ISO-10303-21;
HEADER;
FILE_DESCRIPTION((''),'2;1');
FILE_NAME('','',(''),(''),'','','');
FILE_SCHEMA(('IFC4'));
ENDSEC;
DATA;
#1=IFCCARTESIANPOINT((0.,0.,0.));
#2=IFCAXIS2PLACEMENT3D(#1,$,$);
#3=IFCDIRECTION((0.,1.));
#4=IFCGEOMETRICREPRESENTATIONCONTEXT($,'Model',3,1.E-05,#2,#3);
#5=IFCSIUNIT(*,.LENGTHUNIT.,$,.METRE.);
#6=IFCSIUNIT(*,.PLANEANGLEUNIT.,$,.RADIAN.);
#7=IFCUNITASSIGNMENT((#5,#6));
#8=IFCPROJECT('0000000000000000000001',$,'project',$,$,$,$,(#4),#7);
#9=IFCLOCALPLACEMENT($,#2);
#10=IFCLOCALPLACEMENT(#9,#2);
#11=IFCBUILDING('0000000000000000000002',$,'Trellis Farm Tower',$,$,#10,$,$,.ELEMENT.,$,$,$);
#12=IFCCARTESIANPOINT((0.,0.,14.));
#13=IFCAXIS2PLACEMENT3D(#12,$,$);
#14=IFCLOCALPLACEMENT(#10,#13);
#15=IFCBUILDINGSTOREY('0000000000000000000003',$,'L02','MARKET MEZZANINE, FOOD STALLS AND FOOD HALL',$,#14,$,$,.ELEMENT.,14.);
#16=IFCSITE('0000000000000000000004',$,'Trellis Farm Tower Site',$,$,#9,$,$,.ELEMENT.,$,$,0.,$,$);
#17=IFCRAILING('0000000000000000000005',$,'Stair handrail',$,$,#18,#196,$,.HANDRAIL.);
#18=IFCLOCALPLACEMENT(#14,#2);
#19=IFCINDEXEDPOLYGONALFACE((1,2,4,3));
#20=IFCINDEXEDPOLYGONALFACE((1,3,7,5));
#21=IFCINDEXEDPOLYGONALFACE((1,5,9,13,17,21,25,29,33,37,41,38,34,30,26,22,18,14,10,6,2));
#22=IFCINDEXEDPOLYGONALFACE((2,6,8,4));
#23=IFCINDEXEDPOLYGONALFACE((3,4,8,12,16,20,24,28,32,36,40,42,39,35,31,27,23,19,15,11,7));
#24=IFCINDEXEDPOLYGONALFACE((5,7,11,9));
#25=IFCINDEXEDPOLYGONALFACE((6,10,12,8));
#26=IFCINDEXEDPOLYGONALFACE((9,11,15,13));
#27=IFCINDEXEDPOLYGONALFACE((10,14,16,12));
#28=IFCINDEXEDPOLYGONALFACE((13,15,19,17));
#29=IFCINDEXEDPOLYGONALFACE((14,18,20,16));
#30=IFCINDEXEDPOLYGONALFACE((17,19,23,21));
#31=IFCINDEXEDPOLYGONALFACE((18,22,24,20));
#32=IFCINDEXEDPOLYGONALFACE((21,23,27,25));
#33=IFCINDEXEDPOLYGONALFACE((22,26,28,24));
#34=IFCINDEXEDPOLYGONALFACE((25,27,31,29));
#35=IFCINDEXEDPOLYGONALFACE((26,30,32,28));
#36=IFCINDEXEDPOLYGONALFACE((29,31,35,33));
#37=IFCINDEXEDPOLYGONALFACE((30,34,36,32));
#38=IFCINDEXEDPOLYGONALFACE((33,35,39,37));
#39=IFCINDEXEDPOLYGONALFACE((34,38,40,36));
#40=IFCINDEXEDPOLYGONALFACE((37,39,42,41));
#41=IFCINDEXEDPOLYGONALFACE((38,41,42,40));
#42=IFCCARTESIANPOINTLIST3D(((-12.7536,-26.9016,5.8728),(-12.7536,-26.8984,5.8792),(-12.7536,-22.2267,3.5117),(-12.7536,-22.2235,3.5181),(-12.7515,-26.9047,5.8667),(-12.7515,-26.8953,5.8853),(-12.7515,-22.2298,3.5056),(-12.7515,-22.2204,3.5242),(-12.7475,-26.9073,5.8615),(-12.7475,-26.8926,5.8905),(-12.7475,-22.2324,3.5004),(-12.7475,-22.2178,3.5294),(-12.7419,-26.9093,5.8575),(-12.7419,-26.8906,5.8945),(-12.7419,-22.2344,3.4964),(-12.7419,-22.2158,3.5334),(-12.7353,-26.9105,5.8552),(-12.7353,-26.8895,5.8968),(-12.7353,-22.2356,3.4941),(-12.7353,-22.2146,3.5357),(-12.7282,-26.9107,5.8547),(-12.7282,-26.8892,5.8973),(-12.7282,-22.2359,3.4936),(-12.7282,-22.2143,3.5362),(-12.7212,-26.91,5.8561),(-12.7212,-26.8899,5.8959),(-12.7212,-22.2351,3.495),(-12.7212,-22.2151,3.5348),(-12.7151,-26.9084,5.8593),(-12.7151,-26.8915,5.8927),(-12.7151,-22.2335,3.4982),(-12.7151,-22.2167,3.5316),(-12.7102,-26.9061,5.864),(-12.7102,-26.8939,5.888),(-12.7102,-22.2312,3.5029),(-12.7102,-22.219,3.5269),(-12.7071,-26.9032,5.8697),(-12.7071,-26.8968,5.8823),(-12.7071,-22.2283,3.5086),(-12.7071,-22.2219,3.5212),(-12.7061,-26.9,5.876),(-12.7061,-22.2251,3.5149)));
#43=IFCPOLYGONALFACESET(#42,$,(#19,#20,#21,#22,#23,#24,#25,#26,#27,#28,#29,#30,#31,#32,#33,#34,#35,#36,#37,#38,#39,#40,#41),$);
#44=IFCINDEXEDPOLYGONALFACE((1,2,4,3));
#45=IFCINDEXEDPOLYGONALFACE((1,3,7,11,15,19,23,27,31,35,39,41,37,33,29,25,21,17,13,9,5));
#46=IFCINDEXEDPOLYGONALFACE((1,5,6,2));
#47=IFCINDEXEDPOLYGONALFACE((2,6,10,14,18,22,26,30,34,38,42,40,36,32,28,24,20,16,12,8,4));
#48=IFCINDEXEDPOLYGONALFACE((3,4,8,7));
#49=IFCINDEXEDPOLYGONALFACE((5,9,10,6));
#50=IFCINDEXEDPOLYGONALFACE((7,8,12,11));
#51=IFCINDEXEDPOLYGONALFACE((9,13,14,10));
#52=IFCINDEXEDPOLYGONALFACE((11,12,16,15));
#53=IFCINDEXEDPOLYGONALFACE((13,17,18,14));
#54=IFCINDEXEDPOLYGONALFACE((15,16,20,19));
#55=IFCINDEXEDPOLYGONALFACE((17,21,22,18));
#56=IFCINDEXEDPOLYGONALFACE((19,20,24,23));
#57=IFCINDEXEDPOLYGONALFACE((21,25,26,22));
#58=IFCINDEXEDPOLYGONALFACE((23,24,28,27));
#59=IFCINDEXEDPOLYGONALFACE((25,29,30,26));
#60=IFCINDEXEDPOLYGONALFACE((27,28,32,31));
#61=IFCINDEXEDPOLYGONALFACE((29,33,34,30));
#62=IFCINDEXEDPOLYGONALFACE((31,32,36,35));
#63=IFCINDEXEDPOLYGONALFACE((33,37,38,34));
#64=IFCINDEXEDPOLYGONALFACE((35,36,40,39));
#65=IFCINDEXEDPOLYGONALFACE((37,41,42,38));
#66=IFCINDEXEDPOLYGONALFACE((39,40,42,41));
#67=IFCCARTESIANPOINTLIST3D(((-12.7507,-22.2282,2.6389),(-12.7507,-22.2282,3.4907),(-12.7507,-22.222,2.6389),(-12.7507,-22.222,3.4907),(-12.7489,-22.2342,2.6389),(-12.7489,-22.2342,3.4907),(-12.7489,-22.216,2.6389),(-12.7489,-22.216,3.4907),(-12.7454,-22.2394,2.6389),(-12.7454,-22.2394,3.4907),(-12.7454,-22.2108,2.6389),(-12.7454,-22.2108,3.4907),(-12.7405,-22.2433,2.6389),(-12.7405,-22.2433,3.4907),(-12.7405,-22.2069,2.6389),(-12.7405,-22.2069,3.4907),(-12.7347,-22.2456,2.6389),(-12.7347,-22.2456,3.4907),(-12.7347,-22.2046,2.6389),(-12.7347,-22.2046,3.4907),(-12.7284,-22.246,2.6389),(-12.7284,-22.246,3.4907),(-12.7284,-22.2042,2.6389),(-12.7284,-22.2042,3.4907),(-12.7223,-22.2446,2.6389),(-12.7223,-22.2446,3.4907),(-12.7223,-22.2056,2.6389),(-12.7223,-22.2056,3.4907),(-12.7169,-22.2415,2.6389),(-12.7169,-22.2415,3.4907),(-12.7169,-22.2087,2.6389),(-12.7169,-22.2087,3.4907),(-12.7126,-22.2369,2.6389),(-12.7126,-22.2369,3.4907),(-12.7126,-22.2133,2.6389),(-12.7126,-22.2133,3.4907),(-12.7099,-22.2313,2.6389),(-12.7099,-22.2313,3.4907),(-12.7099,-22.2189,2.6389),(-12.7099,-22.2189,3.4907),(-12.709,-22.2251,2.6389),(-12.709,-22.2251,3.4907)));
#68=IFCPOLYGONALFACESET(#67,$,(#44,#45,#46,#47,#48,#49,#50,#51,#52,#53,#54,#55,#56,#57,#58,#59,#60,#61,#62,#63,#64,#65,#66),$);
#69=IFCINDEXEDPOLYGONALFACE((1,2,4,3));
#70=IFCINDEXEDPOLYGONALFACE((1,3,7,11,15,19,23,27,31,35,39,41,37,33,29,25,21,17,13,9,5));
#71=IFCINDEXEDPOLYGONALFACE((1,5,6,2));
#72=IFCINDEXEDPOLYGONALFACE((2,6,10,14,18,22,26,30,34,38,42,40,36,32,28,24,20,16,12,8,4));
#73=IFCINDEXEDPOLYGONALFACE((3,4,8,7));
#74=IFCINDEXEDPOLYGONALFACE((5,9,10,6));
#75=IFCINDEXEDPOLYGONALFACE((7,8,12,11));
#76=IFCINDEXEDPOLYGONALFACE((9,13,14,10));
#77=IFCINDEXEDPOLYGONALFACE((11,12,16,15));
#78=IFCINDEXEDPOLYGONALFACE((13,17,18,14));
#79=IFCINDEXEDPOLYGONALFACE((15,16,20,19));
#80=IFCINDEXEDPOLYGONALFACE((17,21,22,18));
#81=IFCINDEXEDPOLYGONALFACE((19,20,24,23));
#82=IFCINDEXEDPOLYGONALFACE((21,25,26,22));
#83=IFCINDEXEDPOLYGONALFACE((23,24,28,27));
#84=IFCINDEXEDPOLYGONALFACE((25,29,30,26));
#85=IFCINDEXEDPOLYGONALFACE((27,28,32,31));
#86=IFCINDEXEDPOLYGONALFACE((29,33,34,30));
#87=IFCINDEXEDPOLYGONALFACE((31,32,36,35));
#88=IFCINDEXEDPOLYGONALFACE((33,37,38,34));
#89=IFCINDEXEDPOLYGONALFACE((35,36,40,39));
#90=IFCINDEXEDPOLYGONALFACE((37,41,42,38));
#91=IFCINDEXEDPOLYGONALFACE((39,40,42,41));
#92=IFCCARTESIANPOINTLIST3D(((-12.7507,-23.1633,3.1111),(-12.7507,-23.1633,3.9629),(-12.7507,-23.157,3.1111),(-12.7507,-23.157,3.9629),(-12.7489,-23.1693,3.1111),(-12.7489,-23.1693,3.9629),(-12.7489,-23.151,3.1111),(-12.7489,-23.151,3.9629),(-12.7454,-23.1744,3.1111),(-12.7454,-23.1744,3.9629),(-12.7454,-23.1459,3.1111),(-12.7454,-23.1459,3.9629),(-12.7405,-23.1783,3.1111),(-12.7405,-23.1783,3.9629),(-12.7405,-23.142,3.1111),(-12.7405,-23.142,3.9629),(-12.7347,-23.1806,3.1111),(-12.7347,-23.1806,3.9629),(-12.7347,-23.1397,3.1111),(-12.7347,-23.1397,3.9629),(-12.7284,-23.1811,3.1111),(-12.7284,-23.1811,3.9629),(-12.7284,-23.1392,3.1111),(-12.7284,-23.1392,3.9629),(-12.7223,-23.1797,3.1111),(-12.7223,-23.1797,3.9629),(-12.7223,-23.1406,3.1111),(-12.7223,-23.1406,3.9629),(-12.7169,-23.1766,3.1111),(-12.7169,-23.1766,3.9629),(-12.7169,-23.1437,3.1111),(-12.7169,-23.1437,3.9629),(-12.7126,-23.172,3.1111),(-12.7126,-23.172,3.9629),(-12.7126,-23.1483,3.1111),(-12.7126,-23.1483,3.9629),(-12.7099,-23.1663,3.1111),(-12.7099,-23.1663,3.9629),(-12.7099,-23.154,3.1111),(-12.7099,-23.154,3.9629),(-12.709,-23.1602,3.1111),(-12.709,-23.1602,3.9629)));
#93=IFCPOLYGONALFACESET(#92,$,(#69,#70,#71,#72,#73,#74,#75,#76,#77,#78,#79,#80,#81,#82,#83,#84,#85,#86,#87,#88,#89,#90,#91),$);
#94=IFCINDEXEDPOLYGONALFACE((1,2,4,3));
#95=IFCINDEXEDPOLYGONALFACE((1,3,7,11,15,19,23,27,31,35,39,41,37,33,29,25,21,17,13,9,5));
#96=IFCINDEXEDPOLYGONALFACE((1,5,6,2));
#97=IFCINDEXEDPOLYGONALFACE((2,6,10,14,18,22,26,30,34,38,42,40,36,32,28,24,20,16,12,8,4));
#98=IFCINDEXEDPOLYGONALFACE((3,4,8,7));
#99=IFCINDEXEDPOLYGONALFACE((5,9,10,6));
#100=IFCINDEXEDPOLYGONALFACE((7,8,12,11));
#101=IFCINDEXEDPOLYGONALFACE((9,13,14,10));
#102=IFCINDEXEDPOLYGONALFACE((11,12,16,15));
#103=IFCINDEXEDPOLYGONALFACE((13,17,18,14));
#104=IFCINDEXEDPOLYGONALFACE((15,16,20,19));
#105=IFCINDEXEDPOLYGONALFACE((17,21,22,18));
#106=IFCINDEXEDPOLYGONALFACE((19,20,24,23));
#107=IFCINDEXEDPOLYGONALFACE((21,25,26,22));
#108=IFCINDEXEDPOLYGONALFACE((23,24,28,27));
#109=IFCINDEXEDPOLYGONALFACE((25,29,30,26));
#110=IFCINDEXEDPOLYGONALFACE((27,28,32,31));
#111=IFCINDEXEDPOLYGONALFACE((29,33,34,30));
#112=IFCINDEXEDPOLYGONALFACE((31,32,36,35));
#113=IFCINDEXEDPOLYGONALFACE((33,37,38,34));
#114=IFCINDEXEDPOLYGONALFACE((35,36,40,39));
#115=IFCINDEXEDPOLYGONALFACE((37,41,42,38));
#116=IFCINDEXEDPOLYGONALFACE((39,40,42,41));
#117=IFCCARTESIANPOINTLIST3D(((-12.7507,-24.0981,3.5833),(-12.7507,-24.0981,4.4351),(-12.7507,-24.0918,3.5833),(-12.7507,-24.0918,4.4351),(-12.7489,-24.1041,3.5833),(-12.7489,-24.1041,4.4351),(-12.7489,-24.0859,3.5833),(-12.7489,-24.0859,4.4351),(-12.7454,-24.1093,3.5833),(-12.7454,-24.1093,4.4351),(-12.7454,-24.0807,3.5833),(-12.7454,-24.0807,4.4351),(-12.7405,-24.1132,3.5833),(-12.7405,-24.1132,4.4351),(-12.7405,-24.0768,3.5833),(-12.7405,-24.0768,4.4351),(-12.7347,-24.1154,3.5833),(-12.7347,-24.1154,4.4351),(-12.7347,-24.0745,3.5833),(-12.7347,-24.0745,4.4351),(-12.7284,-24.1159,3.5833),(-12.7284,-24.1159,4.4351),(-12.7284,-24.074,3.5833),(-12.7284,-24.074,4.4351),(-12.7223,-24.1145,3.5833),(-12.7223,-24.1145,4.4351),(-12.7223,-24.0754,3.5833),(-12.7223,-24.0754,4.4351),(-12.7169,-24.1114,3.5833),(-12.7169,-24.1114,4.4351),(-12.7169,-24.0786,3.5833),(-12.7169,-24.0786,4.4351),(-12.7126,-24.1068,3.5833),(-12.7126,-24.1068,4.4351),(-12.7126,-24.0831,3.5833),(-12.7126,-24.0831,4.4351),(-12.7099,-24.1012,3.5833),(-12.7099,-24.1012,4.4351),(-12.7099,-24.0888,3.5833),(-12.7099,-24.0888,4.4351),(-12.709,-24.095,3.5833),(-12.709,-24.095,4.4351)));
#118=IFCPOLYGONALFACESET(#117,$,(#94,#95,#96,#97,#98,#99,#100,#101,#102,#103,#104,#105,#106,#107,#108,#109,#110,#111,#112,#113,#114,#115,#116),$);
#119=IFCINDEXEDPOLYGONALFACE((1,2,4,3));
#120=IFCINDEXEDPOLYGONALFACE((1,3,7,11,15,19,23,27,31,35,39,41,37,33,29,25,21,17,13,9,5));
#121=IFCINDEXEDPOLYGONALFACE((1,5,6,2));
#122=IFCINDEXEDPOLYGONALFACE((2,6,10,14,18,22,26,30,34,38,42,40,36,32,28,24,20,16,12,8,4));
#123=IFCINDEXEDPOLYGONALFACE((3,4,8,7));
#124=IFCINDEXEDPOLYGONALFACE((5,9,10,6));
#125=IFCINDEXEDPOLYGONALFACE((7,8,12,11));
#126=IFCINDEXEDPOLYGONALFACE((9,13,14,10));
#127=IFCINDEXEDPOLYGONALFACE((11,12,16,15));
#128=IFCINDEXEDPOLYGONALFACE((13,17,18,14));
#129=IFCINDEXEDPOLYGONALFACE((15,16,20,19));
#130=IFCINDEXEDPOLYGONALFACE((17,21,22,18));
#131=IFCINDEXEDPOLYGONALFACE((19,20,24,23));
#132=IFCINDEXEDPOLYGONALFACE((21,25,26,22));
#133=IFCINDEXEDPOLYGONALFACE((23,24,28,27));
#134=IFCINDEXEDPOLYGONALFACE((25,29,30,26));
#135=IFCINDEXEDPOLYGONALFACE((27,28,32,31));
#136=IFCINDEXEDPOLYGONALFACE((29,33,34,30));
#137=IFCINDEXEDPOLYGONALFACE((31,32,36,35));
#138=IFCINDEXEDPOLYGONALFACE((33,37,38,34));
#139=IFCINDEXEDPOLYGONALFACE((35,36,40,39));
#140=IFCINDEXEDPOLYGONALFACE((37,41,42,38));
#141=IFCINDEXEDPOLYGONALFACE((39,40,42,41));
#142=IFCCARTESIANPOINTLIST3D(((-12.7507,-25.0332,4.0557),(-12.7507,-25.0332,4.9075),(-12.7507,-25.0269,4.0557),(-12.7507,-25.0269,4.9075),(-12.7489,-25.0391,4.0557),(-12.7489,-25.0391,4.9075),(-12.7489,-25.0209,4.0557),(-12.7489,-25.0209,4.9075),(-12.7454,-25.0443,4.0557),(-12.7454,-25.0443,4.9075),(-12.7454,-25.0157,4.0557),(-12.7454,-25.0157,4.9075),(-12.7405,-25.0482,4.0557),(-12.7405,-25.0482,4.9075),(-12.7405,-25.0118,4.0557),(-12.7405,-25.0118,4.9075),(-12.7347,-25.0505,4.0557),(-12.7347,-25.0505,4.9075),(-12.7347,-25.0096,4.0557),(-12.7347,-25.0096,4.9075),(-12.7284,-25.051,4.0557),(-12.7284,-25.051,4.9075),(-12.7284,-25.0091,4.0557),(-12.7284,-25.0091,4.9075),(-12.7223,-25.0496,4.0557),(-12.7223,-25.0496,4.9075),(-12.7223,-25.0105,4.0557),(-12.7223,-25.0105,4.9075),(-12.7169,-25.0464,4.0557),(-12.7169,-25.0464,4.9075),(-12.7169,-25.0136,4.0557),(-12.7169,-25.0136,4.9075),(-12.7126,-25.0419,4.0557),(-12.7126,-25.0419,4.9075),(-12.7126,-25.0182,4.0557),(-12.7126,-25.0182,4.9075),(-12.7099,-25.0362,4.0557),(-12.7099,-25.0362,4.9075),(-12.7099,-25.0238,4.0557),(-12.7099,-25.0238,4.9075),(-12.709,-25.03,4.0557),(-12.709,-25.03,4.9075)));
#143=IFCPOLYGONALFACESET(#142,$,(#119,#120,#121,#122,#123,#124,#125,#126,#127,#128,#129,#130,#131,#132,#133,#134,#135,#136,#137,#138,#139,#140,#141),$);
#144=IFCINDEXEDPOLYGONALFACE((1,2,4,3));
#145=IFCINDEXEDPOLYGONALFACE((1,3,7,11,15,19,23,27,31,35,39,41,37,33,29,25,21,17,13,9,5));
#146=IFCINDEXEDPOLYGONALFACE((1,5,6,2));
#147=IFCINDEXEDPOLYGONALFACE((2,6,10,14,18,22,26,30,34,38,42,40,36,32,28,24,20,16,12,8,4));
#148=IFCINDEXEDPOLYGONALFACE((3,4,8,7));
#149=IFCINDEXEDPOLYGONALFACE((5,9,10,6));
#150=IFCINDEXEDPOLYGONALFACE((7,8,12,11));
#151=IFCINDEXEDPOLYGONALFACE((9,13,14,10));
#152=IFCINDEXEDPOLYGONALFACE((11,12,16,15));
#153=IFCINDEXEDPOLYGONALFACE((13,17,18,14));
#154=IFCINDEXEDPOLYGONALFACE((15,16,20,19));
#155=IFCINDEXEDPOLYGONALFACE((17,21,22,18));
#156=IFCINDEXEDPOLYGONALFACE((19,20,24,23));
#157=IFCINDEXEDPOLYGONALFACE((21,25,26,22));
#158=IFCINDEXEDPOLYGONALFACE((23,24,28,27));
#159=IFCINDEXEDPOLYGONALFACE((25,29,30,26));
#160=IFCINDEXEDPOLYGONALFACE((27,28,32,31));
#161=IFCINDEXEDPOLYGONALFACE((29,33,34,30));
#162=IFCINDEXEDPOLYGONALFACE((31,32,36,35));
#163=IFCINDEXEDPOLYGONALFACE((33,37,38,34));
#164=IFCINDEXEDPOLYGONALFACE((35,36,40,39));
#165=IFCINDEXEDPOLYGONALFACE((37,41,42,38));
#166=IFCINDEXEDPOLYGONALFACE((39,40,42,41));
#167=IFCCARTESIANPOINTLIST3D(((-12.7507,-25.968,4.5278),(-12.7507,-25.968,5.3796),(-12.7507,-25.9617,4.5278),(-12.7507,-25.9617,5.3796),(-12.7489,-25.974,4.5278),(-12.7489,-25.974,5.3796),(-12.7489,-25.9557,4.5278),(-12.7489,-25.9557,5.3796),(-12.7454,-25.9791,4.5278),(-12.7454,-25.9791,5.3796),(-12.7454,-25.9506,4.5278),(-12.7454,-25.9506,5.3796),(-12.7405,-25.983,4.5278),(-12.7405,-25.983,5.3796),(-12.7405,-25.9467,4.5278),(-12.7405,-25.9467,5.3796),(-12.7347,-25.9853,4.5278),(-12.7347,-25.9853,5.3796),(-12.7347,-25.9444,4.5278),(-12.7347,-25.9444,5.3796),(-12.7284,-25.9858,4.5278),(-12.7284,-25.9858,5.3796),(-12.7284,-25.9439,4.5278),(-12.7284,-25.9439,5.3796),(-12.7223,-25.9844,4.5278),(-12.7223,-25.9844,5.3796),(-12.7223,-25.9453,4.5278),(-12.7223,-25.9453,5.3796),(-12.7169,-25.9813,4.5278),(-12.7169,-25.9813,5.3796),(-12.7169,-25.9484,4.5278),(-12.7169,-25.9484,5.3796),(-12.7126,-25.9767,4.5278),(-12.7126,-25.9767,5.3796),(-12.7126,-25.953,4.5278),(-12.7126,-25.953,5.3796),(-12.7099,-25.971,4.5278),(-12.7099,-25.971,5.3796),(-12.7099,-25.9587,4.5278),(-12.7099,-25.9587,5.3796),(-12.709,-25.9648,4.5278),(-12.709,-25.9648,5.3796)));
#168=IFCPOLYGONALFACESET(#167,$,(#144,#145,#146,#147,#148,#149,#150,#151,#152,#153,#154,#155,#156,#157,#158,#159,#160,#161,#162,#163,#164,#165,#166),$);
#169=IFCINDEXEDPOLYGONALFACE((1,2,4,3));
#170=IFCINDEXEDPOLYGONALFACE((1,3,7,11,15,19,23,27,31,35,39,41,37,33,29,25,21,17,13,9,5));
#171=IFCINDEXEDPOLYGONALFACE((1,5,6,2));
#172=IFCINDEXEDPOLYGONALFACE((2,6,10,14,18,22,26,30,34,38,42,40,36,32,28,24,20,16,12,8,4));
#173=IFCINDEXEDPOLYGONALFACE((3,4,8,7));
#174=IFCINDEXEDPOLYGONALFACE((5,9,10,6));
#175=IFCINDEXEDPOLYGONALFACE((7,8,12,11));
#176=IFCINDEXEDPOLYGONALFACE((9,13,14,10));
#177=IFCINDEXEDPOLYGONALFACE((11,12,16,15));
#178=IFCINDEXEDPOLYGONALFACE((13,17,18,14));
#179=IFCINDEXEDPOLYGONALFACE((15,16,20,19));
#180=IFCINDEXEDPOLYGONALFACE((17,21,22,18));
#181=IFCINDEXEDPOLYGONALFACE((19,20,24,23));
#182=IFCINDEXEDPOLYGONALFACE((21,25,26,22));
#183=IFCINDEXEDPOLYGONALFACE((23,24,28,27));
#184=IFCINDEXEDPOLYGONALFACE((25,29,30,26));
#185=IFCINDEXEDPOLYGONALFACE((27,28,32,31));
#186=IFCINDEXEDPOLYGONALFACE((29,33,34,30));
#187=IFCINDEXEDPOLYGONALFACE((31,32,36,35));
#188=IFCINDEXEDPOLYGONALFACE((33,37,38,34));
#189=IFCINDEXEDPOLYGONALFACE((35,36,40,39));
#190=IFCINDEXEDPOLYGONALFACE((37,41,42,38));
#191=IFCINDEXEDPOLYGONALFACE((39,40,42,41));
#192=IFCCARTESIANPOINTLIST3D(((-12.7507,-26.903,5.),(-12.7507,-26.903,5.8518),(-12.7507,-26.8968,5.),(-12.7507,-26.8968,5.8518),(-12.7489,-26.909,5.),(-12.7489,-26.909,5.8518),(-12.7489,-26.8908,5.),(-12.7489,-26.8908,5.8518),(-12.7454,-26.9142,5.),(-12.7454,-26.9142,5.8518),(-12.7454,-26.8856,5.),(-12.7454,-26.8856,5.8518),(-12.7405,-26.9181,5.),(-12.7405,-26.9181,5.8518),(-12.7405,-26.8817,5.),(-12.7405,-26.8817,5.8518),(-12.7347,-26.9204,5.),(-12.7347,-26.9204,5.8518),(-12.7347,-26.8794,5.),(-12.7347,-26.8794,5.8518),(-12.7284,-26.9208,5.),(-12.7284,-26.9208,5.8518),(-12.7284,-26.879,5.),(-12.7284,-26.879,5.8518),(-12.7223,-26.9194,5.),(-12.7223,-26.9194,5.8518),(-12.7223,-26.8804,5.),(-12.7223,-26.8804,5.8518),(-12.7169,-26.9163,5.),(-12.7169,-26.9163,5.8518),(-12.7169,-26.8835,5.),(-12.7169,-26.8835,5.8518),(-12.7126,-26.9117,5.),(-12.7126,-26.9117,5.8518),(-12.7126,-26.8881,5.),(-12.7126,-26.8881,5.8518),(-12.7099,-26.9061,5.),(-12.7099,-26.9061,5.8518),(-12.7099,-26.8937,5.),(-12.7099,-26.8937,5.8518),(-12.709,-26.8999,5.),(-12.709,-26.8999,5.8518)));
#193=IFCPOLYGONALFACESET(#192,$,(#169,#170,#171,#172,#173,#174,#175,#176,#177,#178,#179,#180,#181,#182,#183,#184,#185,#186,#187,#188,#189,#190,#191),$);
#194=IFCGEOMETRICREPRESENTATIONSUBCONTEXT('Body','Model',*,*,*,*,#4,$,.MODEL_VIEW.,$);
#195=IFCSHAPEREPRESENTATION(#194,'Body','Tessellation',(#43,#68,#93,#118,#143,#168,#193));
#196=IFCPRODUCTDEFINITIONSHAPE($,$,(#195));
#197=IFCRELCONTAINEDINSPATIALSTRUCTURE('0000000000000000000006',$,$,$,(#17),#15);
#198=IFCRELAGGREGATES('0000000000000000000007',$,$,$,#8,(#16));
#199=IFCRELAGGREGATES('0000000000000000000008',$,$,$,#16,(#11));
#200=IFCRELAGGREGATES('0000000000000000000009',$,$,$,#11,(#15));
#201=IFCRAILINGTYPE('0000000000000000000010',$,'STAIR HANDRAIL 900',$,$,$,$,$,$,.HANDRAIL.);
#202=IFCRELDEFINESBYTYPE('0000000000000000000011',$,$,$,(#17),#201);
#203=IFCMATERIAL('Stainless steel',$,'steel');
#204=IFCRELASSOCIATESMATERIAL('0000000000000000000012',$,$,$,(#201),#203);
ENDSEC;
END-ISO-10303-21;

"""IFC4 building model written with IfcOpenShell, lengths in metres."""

from ifc_helpers import new_model, si_unit, direction, frame, origin, origin_2d, place, context, subcontext, project, spatial, circle, extrude, source, transform, mapped, material, type_object, element, save


model = new_model("IFC4")

# Units and contexts
model_context = context("Model", 3, precision=1e-05, world=origin(), true_north=direction((0.0, 1.0)))
body_context = subcontext(model_context, "Body", "Model", "MODEL_VIEW")
ifc_project = project(units=[si_unit("LENGTHUNIT", "METRE"), si_unit("PLANEANGLEUNIT", "RADIAN")], contexts=[model_context])

# Site, building, storey
site_placement = place(None, origin())
site = spatial("IfcSite", under=ifc_project, at=site_placement, Name="Trellis Farm Tower Site", CompositionType="ELEMENT", RefElevation=0.0)
building_placement = place(site_placement, origin())
building = spatial("IfcBuilding", under=site, at=building_placement, Name="Trellis Farm Tower", CompositionType="ELEMENT")
storey_placement = place(building_placement, frame((0.0, 0.0, 14.0)))
storey = spatial("IfcBuildingStorey", under=building, at=storey_placement, Name="L02", Description="MARKET MEZZANINE, FOOD STALLS AND FOOD HALL", CompositionType="ELEMENT", Elevation=14.0)

# Railing
ifc_material_1 = material(Name="Stainless steel", Category="steel")
railing_type = type_object("IfcRailingType", Name="STAIR HANDRAIL 900", PredefinedType="HANDRAIL", material=ifc_material_1)
shared_shape_1 = source(origin(), body_context, "Body", "SweptSolid", [
    extrude(circle(Radius=0.0239, at=origin_2d()), frame((0.0, 0.0, 0.876), z_axis=(0.0, -0.892611, 0.450827), x_axis=(1.0, 0.0, 0.0)), (0.0, 0.0, 1.0), 5.2373),
    extrude(circle(Radius=0.021, at=origin_2d()), origin(), (0.0, 0.0, 1.0), 0.8518),
    extrude(circle(Radius=0.021, at=origin_2d()), frame((0.0, -0.9351, 0.4722)), (0.0, 0.0, 1.0), 0.8518),
    extrude(circle(Radius=0.021, at=origin_2d()), frame((0.0, -1.8699, 0.9443)), (0.0, 0.0, 1.0), 0.8518),
    extrude(circle(Radius=0.021, at=origin_2d()), frame((0.0, -2.8049, 1.4167)), (0.0, 0.0, 1.0), 0.8518),
    extrude(circle(Radius=0.021, at=origin_2d()), frame((0.0, -3.7397, 1.8889)), (0.0, 0.0, 1.0), 0.8518),
    extrude(circle(Radius=0.021, at=origin_2d()), frame((0.0, -4.6748, 2.3611)), (0.0, 0.0, 1.0), 0.8518),
])
for number, where, name in (
    (1, (-12.73, -22.2251, 2.6389), "Stair handrail"),
):
    element("IfcRailing", number, at=place(storey_placement, frame(where)), inside=storey, type_object=railing_type, Name=name, PredefinedType="HANDRAIL", context=body_context, shape_type="MappedRepresentation", body=[
        mapped(shared_shape_1, transform((0.0, 0.0, 0.0))),
    ])

save(model, "model.ifc")
